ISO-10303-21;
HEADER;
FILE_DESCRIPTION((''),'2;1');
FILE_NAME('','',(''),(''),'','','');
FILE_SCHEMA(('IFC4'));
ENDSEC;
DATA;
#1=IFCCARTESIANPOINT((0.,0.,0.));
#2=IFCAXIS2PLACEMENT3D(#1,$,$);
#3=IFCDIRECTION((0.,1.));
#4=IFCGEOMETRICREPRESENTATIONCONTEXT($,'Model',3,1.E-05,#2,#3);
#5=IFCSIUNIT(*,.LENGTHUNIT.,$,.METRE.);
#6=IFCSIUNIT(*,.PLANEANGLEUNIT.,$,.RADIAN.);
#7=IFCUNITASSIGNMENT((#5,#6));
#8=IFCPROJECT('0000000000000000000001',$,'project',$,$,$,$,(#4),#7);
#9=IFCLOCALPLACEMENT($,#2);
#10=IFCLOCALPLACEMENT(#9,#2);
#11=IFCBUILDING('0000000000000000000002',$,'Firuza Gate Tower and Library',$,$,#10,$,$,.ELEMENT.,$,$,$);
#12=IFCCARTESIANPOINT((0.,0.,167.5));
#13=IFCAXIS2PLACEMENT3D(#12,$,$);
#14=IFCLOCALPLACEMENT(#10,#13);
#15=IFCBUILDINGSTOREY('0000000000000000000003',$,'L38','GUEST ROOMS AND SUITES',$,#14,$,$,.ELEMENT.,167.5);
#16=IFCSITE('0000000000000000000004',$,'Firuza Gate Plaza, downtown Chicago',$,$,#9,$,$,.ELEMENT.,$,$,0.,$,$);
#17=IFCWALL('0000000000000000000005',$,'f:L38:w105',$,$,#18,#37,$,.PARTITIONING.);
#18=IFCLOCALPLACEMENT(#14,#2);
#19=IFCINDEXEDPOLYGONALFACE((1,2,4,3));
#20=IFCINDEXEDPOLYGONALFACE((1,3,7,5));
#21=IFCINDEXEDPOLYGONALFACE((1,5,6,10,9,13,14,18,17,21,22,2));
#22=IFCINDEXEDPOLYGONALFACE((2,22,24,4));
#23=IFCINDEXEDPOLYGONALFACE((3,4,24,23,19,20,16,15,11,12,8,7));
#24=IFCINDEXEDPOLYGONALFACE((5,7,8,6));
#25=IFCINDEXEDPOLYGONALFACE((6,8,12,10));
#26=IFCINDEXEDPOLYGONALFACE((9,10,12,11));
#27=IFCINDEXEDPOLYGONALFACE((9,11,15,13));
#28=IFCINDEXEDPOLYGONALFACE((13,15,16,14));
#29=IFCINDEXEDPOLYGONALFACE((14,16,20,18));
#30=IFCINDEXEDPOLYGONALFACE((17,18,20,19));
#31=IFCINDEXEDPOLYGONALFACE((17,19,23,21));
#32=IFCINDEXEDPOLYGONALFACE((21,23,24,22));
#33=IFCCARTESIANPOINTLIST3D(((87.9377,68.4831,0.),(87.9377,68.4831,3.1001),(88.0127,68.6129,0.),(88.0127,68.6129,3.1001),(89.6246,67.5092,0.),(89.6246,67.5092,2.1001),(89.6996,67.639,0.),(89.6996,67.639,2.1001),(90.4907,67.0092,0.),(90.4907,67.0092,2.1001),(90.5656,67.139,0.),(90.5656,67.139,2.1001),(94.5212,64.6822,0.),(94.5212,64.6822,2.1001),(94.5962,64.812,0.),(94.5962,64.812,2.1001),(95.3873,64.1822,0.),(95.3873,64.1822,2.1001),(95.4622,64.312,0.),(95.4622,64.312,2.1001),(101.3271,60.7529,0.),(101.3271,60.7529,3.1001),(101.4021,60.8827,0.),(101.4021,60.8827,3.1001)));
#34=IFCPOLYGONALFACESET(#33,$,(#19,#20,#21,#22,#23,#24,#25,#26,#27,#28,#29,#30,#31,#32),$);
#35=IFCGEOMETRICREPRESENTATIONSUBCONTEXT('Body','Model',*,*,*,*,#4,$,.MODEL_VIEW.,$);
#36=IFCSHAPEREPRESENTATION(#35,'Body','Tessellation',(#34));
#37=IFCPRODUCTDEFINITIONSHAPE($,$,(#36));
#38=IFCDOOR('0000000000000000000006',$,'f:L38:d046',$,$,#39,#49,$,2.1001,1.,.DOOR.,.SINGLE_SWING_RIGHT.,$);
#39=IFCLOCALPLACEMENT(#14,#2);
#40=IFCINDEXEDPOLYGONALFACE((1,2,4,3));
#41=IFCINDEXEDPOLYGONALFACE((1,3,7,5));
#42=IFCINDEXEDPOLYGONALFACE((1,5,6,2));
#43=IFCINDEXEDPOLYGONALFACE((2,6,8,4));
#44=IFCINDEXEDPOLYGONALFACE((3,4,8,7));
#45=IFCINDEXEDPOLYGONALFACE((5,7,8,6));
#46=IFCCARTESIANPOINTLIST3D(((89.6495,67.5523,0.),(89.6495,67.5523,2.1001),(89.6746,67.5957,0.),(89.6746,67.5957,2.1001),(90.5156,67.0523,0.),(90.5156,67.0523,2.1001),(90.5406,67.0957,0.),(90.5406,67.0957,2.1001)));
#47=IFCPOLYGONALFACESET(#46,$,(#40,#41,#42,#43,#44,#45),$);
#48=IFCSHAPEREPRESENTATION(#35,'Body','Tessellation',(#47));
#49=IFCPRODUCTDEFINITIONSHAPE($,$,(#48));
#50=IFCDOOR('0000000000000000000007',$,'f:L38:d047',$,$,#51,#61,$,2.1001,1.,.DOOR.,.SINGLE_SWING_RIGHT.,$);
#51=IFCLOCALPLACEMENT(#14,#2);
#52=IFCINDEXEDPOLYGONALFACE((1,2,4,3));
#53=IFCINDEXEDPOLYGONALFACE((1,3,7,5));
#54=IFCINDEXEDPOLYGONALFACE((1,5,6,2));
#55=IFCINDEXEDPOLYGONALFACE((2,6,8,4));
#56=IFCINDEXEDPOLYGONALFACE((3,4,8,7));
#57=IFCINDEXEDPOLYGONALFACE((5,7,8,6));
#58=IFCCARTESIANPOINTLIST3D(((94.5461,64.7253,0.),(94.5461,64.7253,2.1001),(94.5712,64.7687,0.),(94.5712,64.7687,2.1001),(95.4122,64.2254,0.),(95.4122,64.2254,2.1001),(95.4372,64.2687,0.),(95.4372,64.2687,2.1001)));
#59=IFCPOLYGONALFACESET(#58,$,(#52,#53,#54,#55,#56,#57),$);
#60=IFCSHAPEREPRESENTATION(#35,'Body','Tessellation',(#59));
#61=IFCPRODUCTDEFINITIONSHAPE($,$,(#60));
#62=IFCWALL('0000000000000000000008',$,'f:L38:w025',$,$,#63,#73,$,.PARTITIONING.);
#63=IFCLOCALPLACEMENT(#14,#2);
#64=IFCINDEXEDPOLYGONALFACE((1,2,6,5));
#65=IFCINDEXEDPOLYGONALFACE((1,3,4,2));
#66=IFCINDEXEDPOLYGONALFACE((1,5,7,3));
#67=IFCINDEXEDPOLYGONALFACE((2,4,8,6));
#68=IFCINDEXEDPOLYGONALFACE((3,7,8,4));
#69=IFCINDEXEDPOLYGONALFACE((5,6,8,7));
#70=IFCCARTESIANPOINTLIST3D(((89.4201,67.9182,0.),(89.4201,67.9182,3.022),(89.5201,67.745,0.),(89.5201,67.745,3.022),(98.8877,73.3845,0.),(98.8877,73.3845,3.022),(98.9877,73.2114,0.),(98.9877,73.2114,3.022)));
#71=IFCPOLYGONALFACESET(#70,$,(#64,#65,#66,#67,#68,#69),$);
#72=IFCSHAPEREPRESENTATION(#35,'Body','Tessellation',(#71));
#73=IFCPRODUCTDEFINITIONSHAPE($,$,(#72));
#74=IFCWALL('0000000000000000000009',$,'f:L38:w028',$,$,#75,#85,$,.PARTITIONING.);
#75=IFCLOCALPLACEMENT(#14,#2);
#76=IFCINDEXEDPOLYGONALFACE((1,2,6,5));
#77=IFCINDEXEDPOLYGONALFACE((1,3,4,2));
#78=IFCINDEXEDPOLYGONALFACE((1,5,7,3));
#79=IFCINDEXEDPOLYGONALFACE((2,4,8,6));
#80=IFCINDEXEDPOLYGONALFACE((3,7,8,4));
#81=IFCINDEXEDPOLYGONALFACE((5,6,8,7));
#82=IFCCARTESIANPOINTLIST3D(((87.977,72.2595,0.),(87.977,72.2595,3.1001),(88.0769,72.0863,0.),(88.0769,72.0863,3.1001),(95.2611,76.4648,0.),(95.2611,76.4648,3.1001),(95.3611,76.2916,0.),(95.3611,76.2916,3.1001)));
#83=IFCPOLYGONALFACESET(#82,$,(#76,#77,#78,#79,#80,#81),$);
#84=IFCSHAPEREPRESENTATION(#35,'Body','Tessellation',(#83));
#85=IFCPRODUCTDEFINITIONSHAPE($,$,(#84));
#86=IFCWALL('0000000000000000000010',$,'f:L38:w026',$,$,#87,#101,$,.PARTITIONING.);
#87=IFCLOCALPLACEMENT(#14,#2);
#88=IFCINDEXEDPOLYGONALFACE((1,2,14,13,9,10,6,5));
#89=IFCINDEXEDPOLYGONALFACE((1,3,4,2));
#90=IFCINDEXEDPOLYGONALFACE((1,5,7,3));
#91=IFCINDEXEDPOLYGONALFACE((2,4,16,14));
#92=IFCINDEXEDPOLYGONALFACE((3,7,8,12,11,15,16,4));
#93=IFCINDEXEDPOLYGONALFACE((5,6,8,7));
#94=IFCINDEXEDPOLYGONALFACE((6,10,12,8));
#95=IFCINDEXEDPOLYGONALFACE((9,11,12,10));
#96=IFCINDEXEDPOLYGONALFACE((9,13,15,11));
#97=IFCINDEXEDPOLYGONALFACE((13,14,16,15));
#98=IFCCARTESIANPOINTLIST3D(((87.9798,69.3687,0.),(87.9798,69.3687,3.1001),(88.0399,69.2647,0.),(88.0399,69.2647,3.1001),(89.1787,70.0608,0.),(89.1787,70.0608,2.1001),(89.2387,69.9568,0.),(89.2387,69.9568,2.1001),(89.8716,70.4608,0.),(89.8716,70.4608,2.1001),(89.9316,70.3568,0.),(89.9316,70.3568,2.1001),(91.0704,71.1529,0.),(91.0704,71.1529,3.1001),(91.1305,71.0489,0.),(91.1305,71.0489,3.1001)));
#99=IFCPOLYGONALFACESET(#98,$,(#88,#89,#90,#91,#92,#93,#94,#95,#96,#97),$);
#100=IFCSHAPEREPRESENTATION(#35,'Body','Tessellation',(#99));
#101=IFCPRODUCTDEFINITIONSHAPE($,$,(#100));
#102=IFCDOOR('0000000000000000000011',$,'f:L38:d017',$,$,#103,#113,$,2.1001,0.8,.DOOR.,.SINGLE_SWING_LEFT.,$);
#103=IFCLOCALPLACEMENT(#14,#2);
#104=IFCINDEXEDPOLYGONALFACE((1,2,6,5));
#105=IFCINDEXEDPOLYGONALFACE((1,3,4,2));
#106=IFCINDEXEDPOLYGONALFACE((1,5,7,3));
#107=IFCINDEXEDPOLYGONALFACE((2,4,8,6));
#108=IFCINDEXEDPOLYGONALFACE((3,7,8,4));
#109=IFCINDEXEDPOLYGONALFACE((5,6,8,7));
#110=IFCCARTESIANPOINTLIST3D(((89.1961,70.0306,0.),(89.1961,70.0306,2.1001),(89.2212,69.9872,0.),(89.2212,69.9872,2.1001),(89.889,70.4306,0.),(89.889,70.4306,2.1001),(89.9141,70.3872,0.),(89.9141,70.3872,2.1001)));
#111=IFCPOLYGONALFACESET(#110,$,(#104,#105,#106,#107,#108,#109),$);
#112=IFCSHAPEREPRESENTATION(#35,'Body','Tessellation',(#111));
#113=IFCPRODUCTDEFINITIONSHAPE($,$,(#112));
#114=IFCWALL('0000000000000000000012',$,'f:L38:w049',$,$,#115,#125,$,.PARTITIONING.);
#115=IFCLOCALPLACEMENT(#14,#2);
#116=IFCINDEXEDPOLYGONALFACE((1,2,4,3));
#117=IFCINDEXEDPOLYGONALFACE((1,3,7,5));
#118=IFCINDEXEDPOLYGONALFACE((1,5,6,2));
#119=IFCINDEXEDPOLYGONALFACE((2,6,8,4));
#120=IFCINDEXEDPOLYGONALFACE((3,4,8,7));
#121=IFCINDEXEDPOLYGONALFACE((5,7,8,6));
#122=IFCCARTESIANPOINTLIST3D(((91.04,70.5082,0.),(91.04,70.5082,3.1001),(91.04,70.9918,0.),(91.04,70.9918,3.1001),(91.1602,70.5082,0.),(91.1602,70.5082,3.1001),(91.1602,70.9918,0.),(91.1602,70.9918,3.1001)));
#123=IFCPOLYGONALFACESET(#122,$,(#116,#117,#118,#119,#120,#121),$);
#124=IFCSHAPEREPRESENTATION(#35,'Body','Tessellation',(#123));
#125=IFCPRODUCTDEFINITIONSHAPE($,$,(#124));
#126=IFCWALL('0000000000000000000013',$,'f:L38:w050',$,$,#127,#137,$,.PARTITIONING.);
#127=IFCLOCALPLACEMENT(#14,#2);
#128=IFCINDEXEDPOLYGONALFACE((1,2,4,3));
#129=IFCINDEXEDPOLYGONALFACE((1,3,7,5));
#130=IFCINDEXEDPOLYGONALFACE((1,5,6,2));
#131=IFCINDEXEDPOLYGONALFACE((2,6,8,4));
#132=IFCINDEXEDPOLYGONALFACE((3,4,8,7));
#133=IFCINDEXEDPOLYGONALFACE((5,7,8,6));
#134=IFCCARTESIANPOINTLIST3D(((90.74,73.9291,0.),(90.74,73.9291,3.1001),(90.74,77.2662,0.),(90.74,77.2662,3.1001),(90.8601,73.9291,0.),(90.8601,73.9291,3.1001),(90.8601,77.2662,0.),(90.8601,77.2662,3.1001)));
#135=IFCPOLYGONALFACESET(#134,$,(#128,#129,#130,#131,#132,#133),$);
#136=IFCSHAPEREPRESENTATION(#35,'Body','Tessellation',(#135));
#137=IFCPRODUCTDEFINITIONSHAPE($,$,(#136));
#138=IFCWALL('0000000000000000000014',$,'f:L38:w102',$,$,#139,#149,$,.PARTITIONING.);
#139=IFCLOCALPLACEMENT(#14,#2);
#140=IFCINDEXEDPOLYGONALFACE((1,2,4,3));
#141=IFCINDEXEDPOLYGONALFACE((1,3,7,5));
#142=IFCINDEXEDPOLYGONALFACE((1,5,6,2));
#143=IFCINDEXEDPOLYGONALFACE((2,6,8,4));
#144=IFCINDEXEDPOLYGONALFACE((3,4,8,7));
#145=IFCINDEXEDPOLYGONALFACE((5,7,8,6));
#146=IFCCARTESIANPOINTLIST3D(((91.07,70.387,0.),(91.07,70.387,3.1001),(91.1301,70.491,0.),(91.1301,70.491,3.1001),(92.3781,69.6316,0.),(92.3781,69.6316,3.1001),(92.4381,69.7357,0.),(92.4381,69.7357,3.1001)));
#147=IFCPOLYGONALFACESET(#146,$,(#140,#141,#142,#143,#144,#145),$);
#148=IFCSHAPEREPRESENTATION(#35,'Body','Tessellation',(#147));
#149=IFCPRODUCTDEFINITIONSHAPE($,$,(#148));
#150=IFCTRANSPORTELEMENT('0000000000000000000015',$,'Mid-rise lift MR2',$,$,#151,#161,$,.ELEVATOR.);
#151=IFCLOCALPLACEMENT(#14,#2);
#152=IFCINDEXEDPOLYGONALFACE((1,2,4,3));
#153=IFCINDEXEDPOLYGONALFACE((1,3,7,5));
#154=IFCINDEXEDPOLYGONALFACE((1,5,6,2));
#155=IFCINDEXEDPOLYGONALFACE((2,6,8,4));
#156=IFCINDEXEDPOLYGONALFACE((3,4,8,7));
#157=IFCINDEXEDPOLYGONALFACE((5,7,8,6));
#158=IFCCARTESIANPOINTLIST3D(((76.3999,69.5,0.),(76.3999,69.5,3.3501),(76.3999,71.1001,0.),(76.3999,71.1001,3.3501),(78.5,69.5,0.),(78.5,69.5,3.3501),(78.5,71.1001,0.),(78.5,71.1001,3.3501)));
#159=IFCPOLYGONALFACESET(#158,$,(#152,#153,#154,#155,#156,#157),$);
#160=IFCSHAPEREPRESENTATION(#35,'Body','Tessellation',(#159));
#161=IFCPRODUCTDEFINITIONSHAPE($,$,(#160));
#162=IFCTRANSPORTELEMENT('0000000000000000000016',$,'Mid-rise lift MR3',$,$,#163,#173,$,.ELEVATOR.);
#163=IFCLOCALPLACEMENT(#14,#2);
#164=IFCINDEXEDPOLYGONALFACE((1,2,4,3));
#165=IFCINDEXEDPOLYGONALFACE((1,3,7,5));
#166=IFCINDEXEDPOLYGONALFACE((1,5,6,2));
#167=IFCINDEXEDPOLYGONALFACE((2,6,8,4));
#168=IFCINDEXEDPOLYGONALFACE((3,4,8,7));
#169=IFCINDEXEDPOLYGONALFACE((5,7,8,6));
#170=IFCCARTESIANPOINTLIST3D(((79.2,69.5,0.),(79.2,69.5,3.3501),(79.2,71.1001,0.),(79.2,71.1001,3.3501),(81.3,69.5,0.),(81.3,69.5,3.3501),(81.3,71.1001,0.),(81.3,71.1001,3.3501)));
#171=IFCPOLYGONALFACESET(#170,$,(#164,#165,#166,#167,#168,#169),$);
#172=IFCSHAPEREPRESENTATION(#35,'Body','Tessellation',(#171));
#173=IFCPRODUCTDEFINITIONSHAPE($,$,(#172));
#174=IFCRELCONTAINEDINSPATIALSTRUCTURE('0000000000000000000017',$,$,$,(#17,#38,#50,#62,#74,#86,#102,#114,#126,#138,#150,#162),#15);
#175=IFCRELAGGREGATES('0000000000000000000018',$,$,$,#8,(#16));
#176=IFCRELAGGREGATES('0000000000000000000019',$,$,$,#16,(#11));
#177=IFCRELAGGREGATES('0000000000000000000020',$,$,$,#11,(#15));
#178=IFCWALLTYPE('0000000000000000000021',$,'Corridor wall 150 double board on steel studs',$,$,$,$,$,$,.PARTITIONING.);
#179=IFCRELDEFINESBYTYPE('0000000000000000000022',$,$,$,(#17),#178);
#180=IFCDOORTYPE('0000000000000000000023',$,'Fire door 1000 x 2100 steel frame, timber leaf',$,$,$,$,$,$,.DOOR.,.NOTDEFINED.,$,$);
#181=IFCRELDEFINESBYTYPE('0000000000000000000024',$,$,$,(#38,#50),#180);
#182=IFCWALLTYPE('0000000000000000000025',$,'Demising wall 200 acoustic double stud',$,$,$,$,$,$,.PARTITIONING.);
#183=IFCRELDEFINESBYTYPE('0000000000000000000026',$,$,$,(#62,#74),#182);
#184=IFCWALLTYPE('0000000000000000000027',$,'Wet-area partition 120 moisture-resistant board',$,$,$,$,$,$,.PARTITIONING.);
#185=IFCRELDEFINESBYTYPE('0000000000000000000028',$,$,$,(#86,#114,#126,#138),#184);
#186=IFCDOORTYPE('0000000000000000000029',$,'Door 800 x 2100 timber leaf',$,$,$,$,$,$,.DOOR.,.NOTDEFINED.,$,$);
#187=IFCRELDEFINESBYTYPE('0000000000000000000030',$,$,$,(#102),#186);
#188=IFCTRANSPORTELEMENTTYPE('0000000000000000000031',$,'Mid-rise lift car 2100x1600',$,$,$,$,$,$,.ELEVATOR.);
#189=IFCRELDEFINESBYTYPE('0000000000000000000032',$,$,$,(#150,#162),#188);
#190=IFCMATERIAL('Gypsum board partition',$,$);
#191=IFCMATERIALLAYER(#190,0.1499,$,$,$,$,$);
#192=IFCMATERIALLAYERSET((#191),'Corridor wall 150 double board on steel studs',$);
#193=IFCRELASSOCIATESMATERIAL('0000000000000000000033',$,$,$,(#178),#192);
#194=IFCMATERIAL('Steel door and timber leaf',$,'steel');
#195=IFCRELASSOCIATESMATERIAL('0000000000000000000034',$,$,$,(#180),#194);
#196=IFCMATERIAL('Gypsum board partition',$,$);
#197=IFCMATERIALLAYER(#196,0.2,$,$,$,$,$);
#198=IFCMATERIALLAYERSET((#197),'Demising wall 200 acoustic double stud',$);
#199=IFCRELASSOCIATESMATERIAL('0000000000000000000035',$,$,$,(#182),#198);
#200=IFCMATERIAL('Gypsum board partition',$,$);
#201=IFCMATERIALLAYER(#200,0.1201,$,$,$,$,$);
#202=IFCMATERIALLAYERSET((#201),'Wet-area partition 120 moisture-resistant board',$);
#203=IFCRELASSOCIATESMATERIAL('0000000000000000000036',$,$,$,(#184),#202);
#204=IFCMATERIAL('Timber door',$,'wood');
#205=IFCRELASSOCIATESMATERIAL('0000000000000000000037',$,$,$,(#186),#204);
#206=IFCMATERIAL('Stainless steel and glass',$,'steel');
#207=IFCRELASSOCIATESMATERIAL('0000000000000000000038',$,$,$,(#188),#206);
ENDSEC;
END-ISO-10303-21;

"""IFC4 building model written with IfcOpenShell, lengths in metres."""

from ifc_helpers import new_model, si_unit, direction, frame, frame_2d, origin, origin_2d, place, context, subcontext, project, spatial, rectangle, extrude, material, layer, layer_set, type_object, element, fill, save


model = new_model("IFC4")

# Units and contexts
model_context = context("Model", 3, precision=1e-05, world=origin(), true_north=direction((0.0, 1.0)))
body_context = subcontext(model_context, "Body", "Model", "MODEL_VIEW")
ifc_project = project(units=[si_unit("LENGTHUNIT", "METRE"), si_unit("PLANEANGLEUNIT", "RADIAN")], contexts=[model_context])

# Site, building, storey
site_placement = place(None, origin())
site = spatial("IfcSite", under=ifc_project, at=site_placement, Name="Firuza Gate Plaza, downtown Chicago", CompositionType="ELEMENT", RefElevation=0.0)
building_placement = place(site_placement, origin())
building = spatial("IfcBuilding", under=site, at=building_placement, Name="Firuza Gate Tower and Library", CompositionType="ELEMENT")
storey_placement = place(building_placement, frame((0.0, 0.0, 167.5)))
storey = spatial("IfcBuildingStorey", under=building, at=storey_placement, Name="L38", Description="GUEST ROOMS AND SUITES", CompositionType="ELEMENT", Elevation=167.5)

# Shared definitions
ifc_material_1 = material(Name="Gypsum board partition")
ifc_layer_1 = layer(ifc_material_1, 0.1499)
ifc_layer_set_1 = layer_set([ifc_layer_1], Name="Corridor wall 150 double board on steel studs")
wall_type_1 = type_object("IfcWallType", Name="Corridor wall 150 double board on steel studs", PredefinedType="PARTITIONING", material=ifc_layer_set_1)

# Wall, openings, doors
wall_1_placement = place(storey_placement, frame((87.9751, 68.5481, 0.0), z_axis=(0.0, 0.0, 1.0), x_axis=(0.86603, -0.499993, 0.0)))
wall_1 = element("IfcWall", 1, at=wall_1_placement, inside=storey, type_object=wall_type_1, Name="f:L38:w105", PredefinedType="PARTITIONING", context=body_context, shape_type="SweptSolid", body=[
    extrude(rectangle(XDim=15.4607, YDim=0.1499, at=frame_2d((7.7305, 0.0))), origin(), (0.0, 0.0, 1.0), 3.1001),
])
opening_1_placement = place(wall_1_placement, frame((1.948, 0.0, 0.0)))
opening_1 = element("IfcOpeningElement", 2, at=opening_1_placement, cuts=wall_1, PredefinedType="OPENING", context=body_context, shape_type="SweptSolid", body=[
    extrude(rectangle(XDim=1.0, YDim=2.1001, at=frame_2d((0.5, 1.05))), frame((0.0, 0.085, 0.0), z_axis=(0.0, -1.0, 0.0), x_axis=(1.0, 0.0, 0.0)), (0.0, 0.0, 1.0), 0.1699),
])
opening_2_placement = place(wall_1_placement, frame((7.6021, 0.0, 0.0)))
opening_2 = element("IfcOpeningElement", 3, at=opening_2_placement, cuts=wall_1, PredefinedType="OPENING", context=body_context, shape_type="SweptSolid", body=[
    extrude(rectangle(XDim=1.0, YDim=2.1001, at=frame_2d((0.5, 1.05))), frame((0.0, 0.085, 0.0), z_axis=(0.0, -1.0, 0.0), x_axis=(1.0, 0.0, 0.0)), (0.0, 0.0, 1.0), 0.1699),
])
ifc_material_2 = material(Name="Steel door and timber leaf", Category="steel")
door_type_1 = type_object("IfcDoorType", Name="Fire door 1000 x 2100 steel frame, timber leaf", OperationType="NOTDEFINED", PredefinedType="DOOR", material=ifc_material_2)
door_1_placement = place(opening_1_placement, origin())
door_1 = element("IfcDoor", 4, at=door_1_placement, inside=storey, type_object=door_type_1, Name="f:L38:d046", OperationType="SINGLE_SWING_RIGHT", OverallHeight=2.1001, OverallWidth=1.0, PredefinedType="DOOR", context=body_context, shape_type="SweptSolid", body=[
    extrude(rectangle(XDim=1.0, YDim=2.1001, at=frame_2d((0.5, 1.05))), frame((0.0, 0.0249, 0.0), z_axis=(0.0, -1.0, 0.0), x_axis=(1.0, 0.0, 0.0)), (0.0, 0.0, 1.0), 0.05),
])
fill(opening_1, door_1)
door_2_placement = place(opening_2_placement, origin())
door_2 = element("IfcDoor", 5, at=door_2_placement, inside=storey, type_object=door_type_1, Name="f:L38:d047", OperationType="SINGLE_SWING_RIGHT", OverallHeight=2.1001, OverallWidth=1.0, PredefinedType="DOOR", context=body_context, shape_type="SweptSolid", body=[
    extrude(rectangle(XDim=1.0, YDim=2.1001, at=frame_2d((0.5, 1.05))), frame((0.0, 0.0249, 0.0), z_axis=(0.0, -1.0, 0.0), x_axis=(1.0, 0.0, 0.0)), (0.0, 0.0, 1.0), 0.05),
])
fill(opening_2, door_2)

# Walls
ifc_material_3 = material(Name="Gypsum board partition")
ifc_layer_2 = layer(ifc_material_3, 0.2)
ifc_layer_set_2 = layer_set([ifc_layer_2], Name="Demising wall 200 acoustic double stud")
wall_type_2 = type_object("IfcWallType", Name="Demising wall 200 acoustic double stud", PredefinedType="PARTITIONING", material=ifc_layer_set_2)
wall_2_placement = place(storey_placement, frame((89.47, 67.8315, 0.0), z_axis=(0.0, 0.0, 1.0), x_axis=(0.866016, 0.500016, 0.0)))
element("IfcWall", 6, at=wall_2_placement, inside=storey, type_object=wall_type_2, Name="f:L38:w025", PredefinedType="PARTITIONING", context=body_context, shape_type="SweptSolid", body=[
    extrude(rectangle(XDim=10.9324, YDim=0.2, at=frame_2d((5.4663, 0.0))), origin(), (0.0, 0.0, 1.0), 3.022),
])
wall_3_placement = place(storey_placement, frame((88.0269, 72.1729, 0.0), z_axis=(0.0, 0.0, 1.0), x_axis=(0.866036, 0.499982, 0.0)))
element("IfcWall", 7, at=wall_3_placement, inside=storey, type_object=wall_type_2, Name="f:L38:w028", PredefinedType="PARTITIONING", context=body_context, shape_type="SweptSolid", body=[
    extrude(rectangle(XDim=8.4109, YDim=0.2, at=frame_2d((4.2056, 0.0))), origin(), (0.0, 0.0, 1.0), 3.1001),
])

# Wall, opening, door
ifc_material_4 = material(Name="Gypsum board partition")
ifc_layer_3 = layer(ifc_material_4, 0.1201)
ifc_layer_set_3 = layer_set([ifc_layer_3], Name="Wet-area partition 120 moisture-resistant board")
wall_type_3 = type_object("IfcWallType", Name="Wet-area partition 120 moisture-resistant board", PredefinedType="PARTITIONING", material=ifc_layer_set_3)
wall_4_placement = place(storey_placement, frame((91.1003, 71.1008, 0.0), z_axis=(0.0, 0.0, 1.0), x_axis=(-0.866045, -0.499965, 0.0)))
wall_4 = element("IfcWall", 8, at=wall_4_placement, inside=storey, type_object=wall_type_3, Name="f:L38:w026", PredefinedType="PARTITIONING", context=body_context, shape_type="SweptSolid", body=[
    extrude(rectangle(XDim=3.5686, YDim=0.1201, at=frame_2d((1.7842, 0.0))), origin(), (0.0, 0.0, 1.0), 3.1001),
])
opening_3_placement = place(wall_4_placement, frame((1.3843, 0.0, 0.0)))
opening_3 = element("IfcOpeningElement", 9, at=opening_3_placement, cuts=wall_4, PredefinedType="OPENING", context=body_context, shape_type="SweptSolid", body=[
    extrude(rectangle(XDim=0.8, YDim=2.1001, at=frame_2d((0.3999, 1.05))), frame((0.0, 0.0701, 0.0), z_axis=(0.0, -1.0, 0.0), x_axis=(1.0, 0.0, 0.0)), (0.0, 0.0, 1.0), 0.1401),
])
ifc_material_5 = material(Name="Timber door", Category="wood")
door_type_2 = type_object("IfcDoorType", Name="Door 800 x 2100 timber leaf", OperationType="NOTDEFINED", PredefinedType="DOOR", material=ifc_material_5)
door_3_placement = place(opening_3_placement, origin())
door_3 = element("IfcDoor", 10, at=door_3_placement, inside=storey, type_object=door_type_2, Name="f:L38:d017", OperationType="SINGLE_SWING_LEFT", OverallHeight=2.1001, OverallWidth=0.8, PredefinedType="DOOR", context=body_context, shape_type="SweptSolid", body=[
    extrude(rectangle(XDim=0.8, YDim=2.1001, at=frame_2d((0.3999, 1.05))), frame((0.0, 0.0249, 0.0), z_axis=(0.0, -1.0, 0.0), x_axis=(1.0, 0.0, 0.0)), (0.0, 0.0, 1.0), 0.05),
])
fill(opening_3, door_3)

# Walls
wall_5_placement = place(storey_placement, frame((91.1001, 70.5083, 0.0), z_axis=(0.0, 0.0, 1.0), x_axis=(0.0, 1.0, 0.0)))
element("IfcWall", 11, at=wall_5_placement, inside=storey, type_object=wall_type_3, Name="f:L38:w049", PredefinedType="PARTITIONING", context=body_context, shape_type="SweptSolid", body=[
    extrude(rectangle(XDim=0.4836, YDim=0.1201, at=frame_2d((0.2417, 0.0))), origin(), (0.0, 0.0, 1.0), 3.1001),
])
wall_6_placement = place(storey_placement, frame((90.8, 73.9292, 0.0), z_axis=(0.0, 0.0, 1.0), x_axis=(0.0, 1.0, 0.0)))
element("IfcWall", 12, at=wall_6_placement, inside=storey, type_object=wall_type_3, Name="f:L38:w050", PredefinedType="PARTITIONING", context=body_context, shape_type="SweptSolid", body=[
    extrude(rectangle(XDim=3.3372, YDim=0.1201, at=frame_2d((1.6685, 0.0))), origin(), (0.0, 0.0, 1.0), 3.1001),
])
wall_7_placement = place(storey_placement, frame((92.4082, 69.6836, 0.0), z_axis=(0.0, 0.0, 1.0), x_axis=(-0.865986, 0.500068, 0.0)))
element("IfcWall", 13, at=wall_7_placement, inside=storey, type_object=wall_type_3, Name="f:L38:w102", PredefinedType="PARTITIONING", context=body_context, shape_type="SweptSolid", body=[
    extrude(rectangle(XDim=1.5105, YDim=0.1201, at=frame_2d((0.7554, 0.0))), origin(), (0.0, 0.0, 1.0), 3.1001),
])

# Transport elements
ifc_material_6 = material(Name="Stainless steel and glass", Category="steel")
transport_element_type = type_object("IfcTransportElementType", Name="Mid-rise lift car 2100x1600", PredefinedType="ELEVATOR", material=ifc_material_6)
for number, where, z_axis, x_axis, name in (
    (14, (77.45, 70.3, 0.0), (0.0, 0.0, 1.0), (1.0, 0.0, 0.0), "Mid-rise lift MR2"),
    (15, (80.25, 70.3, 0.0), (0.0, 0.0, 1.0), (1.0, 0.0, 0.0), "Mid-rise lift MR3"),
):
    element("IfcTransportElement", number, at=place(storey_placement, frame(where, z_axis=z_axis, x_axis=x_axis)), inside=storey, type_object=transport_element_type, Name=name, PredefinedType="ELEVATOR", context=body_context, shape_type="SweptSolid", body=[
        extrude(rectangle(XDim=2.1001, YDim=1.6001, at=origin_2d()), origin(), (0.0, 0.0, 1.0), 3.3501),
    ])

save(model, "model.ifc")
